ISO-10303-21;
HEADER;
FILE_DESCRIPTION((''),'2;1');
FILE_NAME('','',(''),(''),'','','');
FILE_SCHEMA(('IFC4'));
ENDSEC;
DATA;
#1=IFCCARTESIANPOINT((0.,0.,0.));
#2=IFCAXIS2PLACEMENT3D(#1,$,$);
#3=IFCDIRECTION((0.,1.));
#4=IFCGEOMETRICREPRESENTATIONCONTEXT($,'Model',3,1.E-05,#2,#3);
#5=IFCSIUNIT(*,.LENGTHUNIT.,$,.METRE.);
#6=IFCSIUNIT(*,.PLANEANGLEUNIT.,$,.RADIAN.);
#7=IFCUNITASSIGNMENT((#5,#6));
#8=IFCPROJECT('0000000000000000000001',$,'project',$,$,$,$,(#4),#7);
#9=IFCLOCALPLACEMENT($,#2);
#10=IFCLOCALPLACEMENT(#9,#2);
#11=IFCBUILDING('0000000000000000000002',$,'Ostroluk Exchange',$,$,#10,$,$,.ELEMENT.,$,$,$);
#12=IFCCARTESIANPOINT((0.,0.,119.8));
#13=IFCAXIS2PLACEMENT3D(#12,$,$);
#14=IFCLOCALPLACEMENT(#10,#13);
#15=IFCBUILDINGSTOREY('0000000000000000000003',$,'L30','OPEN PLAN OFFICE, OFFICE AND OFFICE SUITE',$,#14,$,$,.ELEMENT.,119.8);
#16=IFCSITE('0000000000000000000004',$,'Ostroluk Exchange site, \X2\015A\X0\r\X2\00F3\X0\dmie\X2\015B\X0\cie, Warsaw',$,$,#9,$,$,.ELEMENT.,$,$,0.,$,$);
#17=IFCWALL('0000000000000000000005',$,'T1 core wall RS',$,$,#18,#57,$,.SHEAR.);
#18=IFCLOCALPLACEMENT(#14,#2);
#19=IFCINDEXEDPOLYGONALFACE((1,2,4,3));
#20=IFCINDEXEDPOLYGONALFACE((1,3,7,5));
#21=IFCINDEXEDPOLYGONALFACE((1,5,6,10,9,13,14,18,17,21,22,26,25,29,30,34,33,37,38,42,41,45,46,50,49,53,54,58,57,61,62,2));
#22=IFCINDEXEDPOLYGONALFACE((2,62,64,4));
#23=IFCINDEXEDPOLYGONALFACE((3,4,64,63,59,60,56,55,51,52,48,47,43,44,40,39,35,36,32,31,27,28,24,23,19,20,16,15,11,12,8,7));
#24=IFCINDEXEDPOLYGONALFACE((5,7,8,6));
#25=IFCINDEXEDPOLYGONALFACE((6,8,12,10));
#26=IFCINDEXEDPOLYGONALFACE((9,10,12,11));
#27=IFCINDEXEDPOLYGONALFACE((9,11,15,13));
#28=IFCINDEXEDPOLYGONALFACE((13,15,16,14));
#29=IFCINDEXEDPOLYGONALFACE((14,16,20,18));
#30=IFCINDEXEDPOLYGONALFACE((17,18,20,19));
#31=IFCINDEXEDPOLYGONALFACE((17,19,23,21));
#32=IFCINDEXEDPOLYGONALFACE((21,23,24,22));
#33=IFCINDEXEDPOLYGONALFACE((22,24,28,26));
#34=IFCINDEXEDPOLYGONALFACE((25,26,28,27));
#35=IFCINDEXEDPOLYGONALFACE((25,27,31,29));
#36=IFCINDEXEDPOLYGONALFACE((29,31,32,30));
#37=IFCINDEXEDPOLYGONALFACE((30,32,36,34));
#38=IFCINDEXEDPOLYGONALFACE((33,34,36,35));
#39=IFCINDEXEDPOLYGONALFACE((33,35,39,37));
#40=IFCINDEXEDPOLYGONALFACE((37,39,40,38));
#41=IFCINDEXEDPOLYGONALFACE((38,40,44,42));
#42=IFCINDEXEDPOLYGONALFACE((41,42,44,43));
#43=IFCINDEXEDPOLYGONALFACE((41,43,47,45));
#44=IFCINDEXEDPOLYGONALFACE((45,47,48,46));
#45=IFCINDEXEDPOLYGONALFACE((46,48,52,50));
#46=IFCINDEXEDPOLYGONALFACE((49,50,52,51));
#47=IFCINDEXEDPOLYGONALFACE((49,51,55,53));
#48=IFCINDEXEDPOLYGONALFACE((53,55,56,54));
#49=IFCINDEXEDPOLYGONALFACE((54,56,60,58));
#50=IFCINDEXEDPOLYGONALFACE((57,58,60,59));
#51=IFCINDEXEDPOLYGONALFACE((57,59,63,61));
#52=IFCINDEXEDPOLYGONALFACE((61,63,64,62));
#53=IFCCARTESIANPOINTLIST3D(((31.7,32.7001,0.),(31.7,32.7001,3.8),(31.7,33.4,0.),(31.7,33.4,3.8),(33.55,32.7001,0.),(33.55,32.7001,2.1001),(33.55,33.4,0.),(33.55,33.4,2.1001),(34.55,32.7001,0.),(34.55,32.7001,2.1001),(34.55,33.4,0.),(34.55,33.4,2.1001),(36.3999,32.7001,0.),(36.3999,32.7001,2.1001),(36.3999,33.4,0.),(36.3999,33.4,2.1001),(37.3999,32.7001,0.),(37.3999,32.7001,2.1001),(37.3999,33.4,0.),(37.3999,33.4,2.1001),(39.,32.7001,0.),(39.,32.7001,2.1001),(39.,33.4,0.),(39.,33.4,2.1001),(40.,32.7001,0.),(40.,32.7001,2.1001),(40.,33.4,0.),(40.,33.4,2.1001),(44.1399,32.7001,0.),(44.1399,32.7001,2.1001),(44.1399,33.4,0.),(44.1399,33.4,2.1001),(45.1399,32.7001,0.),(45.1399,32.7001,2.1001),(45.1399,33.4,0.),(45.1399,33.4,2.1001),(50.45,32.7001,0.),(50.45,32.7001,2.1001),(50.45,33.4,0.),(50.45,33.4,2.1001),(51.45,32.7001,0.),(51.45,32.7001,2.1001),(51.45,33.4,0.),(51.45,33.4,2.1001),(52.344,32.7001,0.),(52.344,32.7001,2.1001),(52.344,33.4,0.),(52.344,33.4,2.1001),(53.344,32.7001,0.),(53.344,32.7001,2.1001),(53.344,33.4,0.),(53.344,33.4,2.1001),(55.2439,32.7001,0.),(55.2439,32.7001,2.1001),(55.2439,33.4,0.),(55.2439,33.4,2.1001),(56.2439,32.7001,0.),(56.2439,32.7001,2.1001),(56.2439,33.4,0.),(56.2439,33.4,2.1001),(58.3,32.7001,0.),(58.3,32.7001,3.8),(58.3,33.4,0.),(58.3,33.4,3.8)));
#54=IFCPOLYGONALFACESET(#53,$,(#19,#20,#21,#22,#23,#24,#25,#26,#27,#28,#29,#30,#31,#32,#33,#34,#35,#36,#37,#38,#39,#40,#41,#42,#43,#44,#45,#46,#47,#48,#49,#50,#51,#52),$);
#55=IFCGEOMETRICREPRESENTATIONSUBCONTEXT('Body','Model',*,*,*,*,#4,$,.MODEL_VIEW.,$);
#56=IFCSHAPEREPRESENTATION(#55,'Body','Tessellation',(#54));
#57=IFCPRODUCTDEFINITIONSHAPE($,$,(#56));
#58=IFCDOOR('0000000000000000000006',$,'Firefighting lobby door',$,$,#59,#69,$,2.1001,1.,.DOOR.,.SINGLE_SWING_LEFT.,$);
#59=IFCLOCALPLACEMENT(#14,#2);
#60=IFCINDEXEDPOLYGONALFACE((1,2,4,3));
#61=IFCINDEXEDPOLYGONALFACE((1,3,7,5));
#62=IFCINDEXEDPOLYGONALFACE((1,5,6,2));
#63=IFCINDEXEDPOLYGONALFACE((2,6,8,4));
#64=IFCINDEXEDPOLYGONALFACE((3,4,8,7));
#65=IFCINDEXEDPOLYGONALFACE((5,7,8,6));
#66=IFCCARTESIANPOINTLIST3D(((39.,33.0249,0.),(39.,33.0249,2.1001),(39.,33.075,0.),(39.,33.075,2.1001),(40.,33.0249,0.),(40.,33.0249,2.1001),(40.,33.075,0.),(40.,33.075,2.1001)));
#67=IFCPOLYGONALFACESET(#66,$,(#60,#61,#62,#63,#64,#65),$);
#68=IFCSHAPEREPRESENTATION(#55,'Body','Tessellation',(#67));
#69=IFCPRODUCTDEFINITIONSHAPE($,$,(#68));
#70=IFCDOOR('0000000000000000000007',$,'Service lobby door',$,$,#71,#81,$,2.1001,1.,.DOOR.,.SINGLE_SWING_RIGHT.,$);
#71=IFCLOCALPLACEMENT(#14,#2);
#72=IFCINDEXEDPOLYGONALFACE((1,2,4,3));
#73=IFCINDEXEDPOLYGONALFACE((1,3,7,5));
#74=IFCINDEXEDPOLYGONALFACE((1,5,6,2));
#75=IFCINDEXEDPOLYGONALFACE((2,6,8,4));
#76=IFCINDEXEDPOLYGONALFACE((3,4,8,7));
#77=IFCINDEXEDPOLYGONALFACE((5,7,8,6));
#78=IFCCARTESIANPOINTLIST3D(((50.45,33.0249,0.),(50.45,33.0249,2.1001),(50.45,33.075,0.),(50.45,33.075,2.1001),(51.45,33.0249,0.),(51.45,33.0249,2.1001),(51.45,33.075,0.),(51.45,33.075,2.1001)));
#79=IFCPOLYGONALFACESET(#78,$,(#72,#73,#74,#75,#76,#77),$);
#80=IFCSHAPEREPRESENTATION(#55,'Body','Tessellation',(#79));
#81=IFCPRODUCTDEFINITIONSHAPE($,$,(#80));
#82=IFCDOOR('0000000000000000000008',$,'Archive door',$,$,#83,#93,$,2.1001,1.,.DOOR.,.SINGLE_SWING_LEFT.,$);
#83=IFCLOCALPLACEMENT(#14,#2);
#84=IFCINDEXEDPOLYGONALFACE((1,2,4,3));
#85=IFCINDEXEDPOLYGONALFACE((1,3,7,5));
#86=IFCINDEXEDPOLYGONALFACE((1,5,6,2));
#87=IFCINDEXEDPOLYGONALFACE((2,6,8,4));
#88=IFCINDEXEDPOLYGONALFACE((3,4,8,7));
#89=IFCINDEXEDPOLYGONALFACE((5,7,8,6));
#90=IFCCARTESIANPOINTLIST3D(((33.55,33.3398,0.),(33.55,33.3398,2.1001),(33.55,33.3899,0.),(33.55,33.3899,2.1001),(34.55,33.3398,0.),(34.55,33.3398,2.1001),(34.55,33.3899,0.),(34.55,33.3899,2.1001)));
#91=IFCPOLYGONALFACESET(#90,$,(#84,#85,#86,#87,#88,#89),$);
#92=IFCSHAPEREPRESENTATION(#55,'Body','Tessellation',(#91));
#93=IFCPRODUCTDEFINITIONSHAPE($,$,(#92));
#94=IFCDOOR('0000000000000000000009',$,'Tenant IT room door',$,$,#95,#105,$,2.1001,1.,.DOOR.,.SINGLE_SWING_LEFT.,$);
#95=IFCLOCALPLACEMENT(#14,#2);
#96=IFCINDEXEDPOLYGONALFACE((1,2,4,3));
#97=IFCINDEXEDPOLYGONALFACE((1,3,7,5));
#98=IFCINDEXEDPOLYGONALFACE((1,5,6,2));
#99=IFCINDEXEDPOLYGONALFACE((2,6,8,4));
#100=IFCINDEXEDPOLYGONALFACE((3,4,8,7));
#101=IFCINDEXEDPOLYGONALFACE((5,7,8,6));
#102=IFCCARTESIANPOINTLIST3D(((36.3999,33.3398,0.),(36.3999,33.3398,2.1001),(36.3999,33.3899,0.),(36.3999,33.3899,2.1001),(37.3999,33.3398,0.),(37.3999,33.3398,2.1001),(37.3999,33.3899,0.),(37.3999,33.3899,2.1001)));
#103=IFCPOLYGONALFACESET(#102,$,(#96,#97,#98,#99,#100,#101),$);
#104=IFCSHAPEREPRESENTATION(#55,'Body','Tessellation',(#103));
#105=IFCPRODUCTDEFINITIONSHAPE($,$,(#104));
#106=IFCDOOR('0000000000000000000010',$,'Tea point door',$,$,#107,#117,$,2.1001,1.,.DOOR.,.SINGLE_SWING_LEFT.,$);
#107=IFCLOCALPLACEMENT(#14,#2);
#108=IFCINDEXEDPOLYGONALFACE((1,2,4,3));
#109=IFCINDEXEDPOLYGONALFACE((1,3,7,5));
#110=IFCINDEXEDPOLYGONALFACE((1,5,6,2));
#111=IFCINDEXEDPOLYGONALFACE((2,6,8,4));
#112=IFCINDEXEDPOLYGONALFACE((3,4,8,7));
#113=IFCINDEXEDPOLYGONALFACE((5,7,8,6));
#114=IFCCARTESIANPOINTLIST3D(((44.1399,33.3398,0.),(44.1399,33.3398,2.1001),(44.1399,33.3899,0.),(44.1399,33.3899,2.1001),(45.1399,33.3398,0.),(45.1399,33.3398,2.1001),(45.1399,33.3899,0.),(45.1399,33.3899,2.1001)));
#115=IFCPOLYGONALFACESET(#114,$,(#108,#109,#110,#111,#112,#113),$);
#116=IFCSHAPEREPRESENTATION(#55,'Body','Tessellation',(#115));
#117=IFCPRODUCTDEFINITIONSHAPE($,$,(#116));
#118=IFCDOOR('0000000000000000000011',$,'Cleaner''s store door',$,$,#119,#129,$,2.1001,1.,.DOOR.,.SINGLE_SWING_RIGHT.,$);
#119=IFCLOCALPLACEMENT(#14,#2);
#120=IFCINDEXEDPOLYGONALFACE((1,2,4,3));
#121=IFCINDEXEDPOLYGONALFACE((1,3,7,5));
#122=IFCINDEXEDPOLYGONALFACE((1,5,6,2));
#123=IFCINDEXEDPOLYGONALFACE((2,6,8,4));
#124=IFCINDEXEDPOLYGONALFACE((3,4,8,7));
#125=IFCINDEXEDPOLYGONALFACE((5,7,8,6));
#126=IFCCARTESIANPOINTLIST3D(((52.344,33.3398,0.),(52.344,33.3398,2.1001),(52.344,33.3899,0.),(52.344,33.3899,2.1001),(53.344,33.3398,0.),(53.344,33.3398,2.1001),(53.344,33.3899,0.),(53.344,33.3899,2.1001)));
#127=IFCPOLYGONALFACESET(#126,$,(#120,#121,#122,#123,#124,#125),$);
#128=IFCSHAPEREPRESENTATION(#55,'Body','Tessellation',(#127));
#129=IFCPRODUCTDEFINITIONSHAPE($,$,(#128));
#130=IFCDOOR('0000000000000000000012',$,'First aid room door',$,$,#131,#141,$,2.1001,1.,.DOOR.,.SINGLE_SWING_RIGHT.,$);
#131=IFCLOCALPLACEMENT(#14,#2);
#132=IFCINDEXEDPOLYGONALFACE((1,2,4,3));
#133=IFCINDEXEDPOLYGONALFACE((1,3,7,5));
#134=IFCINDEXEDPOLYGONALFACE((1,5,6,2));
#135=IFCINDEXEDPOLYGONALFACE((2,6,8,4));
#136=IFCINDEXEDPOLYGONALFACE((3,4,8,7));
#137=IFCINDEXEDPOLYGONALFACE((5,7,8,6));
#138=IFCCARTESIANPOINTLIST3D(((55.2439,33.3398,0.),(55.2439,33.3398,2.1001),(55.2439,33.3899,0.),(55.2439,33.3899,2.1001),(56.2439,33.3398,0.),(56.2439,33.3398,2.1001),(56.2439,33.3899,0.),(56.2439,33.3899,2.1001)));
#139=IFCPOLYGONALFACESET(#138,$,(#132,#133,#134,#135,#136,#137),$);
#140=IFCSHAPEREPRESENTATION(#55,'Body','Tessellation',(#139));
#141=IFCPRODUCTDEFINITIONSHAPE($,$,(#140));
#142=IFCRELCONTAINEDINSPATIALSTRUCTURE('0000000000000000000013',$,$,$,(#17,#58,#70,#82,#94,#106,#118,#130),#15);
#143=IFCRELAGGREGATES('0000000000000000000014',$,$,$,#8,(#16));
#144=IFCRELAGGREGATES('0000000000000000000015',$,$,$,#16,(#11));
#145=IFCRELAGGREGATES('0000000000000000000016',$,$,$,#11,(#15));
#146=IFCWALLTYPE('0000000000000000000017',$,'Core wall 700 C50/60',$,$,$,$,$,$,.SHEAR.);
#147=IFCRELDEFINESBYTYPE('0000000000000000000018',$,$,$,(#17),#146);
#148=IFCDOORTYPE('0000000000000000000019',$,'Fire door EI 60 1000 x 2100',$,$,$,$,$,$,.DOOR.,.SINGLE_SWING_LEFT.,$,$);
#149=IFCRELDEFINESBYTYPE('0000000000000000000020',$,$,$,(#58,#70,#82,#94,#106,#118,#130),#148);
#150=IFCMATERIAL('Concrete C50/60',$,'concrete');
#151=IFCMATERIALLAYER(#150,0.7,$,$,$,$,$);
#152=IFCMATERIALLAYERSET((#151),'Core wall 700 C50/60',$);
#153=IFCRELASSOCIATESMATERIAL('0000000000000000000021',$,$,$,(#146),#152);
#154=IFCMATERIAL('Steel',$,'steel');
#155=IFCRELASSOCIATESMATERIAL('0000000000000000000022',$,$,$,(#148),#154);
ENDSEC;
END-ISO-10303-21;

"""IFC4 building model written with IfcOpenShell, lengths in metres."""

from ifc_helpers import new_model, si_unit, direction, frame, frame_2d, origin, place, context, subcontext, project, spatial, rectangle, extrude, material, layer, layer_set, type_object, element, fill, save


model = new_model("IFC4")

# Units and contexts
model_context = context("Model", 3, precision=1e-05, world=origin(), true_north=direction((0.0, 1.0)))
body_context = subcontext(model_context, "Body", "Model", "MODEL_VIEW")
ifc_project = project(units=[si_unit("LENGTHUNIT", "METRE"), si_unit("PLANEANGLEUNIT", "RADIAN")], contexts=[model_context])

# Site, building, storey
site_placement = place(None, origin())
site = spatial("IfcSite", under=ifc_project, at=site_placement, Name="Ostroluk Exchange site, Śródmieście, Warsaw", CompositionType="ELEMENT", RefElevation=0.0)
building_placement = place(site_placement, origin())
building = spatial("IfcBuilding", under=site, at=building_placement, Name="Ostroluk Exchange", CompositionType="ELEMENT")
storey_placement = place(building_placement, frame((0.0, 0.0, 119.8)))
storey = spatial("IfcBuildingStorey", under=building, at=storey_placement, Name="L30", Description="OPEN PLAN OFFICE, OFFICE AND OFFICE SUITE", CompositionType="ELEMENT", Elevation=119.8)

# Wall, openings, doors
ifc_material_1 = material(Name="Concrete C50/60", Category="concrete")
ifc_layer_1 = layer(ifc_material_1, 0.7)
ifc_layer_set_1 = layer_set([ifc_layer_1], Name="Core wall 700 C50/60")
wall_type_1 = type_object("IfcWallType", Name="Core wall 700 C50/60", PredefinedType="SHEAR", material=ifc_layer_set_1)
wall_1_placement = place(storey_placement, frame((31.7, 33.05, 0.0), z_axis=(0.0, 0.0, 1.0), x_axis=(1.0, 0.0, 0.0)))
wall_1 = element("IfcWall", 1, at=wall_1_placement, inside=storey, type_object=wall_type_1, Name="T1 core wall RS", PredefinedType="SHEAR", context=body_context, shape_type="SweptSolid", body=[
    extrude(rectangle(XDim=26.6001, YDim=0.7, at=frame_2d((13.3, 0.0))), origin(), (0.0, 0.0, 1.0), 3.8),
])
opening_1_placement = place(wall_1_placement, frame((7.3, 0.0, 0.0)))
opening_1 = element("IfcOpeningElement", 2, at=opening_1_placement, cuts=wall_1, PredefinedType="OPENING", context=body_context, shape_type="SweptSolid", body=[
    extrude(rectangle(XDim=1.0, YDim=2.1001, at=frame_2d((0.5, 1.05))), frame((0.0, 0.3599, 0.0), z_axis=(0.0, -1.0, 0.0), x_axis=(1.0, 0.0, 0.0)), (0.0, 0.0, 1.0), 0.72),
])
opening_2_placement = place(wall_1_placement, frame((18.75, 0.0, 0.0)))
opening_2 = element("IfcOpeningElement", 3, at=opening_2_placement, cuts=wall_1, PredefinedType="OPENING", context=body_context, shape_type="SweptSolid", body=[
    extrude(rectangle(XDim=1.0, YDim=2.1001, at=frame_2d((0.5, 1.05))), frame((0.0, 0.3599, 0.0), z_axis=(0.0, -1.0, 0.0), x_axis=(1.0, 0.0, 0.0)), (0.0, 0.0, 1.0), 0.72),
])
opening_3_placement = place(wall_1_placement, frame((1.8501, 0.0, 0.0)))
opening_3 = element("IfcOpeningElement", 4, at=opening_3_placement, cuts=wall_1, PredefinedType="OPENING", context=body_context, shape_type="SweptSolid", body=[
    extrude(rectangle(XDim=1.0, YDim=2.1001, at=frame_2d((0.5, 1.05))), frame((0.0, 0.3599, 0.0), z_axis=(0.0, -1.0, 0.0), x_axis=(1.0, 0.0, 0.0)), (0.0, 0.0, 1.0), 0.72),
])
opening_4_placement = place(wall_1_placement, frame((4.7, 0.0, 0.0)))
opening_4 = element("IfcOpeningElement", 5, at=opening_4_placement, cuts=wall_1, PredefinedType="OPENING", context=body_context, shape_type="SweptSolid", body=[
    extrude(rectangle(XDim=1.0, YDim=2.1001, at=frame_2d((0.5, 1.05))), frame((0.0, 0.3599, 0.0), z_axis=(0.0, -1.0, 0.0), x_axis=(1.0, 0.0, 0.0)), (0.0, 0.0, 1.0), 0.72),
])
opening_5_placement = place(wall_1_placement, frame((12.4399, 0.0, 0.0)))
opening_5 = element("IfcOpeningElement", 6, at=opening_5_placement, cuts=wall_1, PredefinedType="OPENING", context=body_context, shape_type="SweptSolid", body=[
    extrude(rectangle(XDim=1.0, YDim=2.1001, at=frame_2d((0.5, 1.05))), frame((0.0, 0.3599, 0.0), z_axis=(0.0, -1.0, 0.0), x_axis=(1.0, 0.0, 0.0)), (0.0, 0.0, 1.0), 0.72),
])
opening_6_placement = place(wall_1_placement, frame((20.644, 0.0, 0.0)))
opening_6 = element("IfcOpeningElement", 7, at=opening_6_placement, cuts=wall_1, PredefinedType="OPENING", context=body_context, shape_type="SweptSolid", body=[
    extrude(rectangle(XDim=1.0, YDim=2.1001, at=frame_2d((0.5, 1.05))), frame((0.0, 0.3599, 0.0), z_axis=(0.0, -1.0, 0.0), x_axis=(1.0, 0.0, 0.0)), (0.0, 0.0, 1.0), 0.72),
])
opening_7_placement = place(wall_1_placement, frame((23.5439, 0.0, 0.0)))
opening_7 = element("IfcOpeningElement", 8, at=opening_7_placement, cuts=wall_1, PredefinedType="OPENING", context=body_context, shape_type="SweptSolid", body=[
    extrude(rectangle(XDim=1.0, YDim=2.1001, at=frame_2d((0.5, 1.05))), frame((0.0, 0.3599, 0.0), z_axis=(0.0, -1.0, 0.0), x_axis=(1.0, 0.0, 0.0)), (0.0, 0.0, 1.0), 0.72),
])
ifc_material_2 = material(Name="Steel", Category="steel")
door_type_1 = type_object("IfcDoorType", Name="Fire door EI 60 1000 x 2100", OperationType="SINGLE_SWING_LEFT", PredefinedType="DOOR", material=ifc_material_2)
door_1_placement = place(opening_1_placement, origin())
door_1 = element("IfcDoor", 9, at=door_1_placement, inside=storey, type_object=door_type_1, Name="Firefighting lobby door", OperationType="SINGLE_SWING_LEFT", OverallHeight=2.1001, OverallWidth=1.0, PredefinedType="DOOR", context=body_context, shape_type="SweptSolid", body=[
    extrude(rectangle(XDim=1.0, YDim=2.1001, at=frame_2d((0.5, 1.05))), frame((0.0, 0.0249, 0.0), z_axis=(0.0, -1.0, 0.0), x_axis=(1.0, 0.0, 0.0)), (0.0, 0.0, 1.0), 0.05),
])
fill(opening_1, door_1)
door_2_placement = place(opening_2_placement, origin())
door_2 = element("IfcDoor", 10, at=door_2_placement, inside=storey, type_object=door_type_1, Name="Service lobby door", OperationType="SINGLE_SWING_RIGHT", OverallHeight=2.1001, OverallWidth=1.0, PredefinedType="DOOR", context=body_context, shape_type="SweptSolid", body=[
    extrude(rectangle(XDim=1.0, YDim=2.1001, at=frame_2d((0.5, 1.05))), frame((0.0, 0.0249, 0.0), z_axis=(0.0, -1.0, 0.0), x_axis=(1.0, 0.0, 0.0)), (0.0, 0.0, 1.0), 0.05),
])
fill(opening_2, door_2)
door_3_placement = place(opening_3_placement, origin())
door_3 = element("IfcDoor", 11, at=door_3_placement, inside=storey, type_object=door_type_1, Name="Archive door", OperationType="SINGLE_SWING_LEFT", OverallHeight=2.1001, OverallWidth=1.0, PredefinedType="DOOR", context=body_context, shape_type="SweptSolid", body=[
    extrude(rectangle(XDim=1.0, YDim=2.1001, at=frame_2d((0.5, 1.05))), frame((0.0, 0.3398, 0.0), z_axis=(0.0, -1.0, 0.0), x_axis=(1.0, 0.0, 0.0)), (0.0, 0.0, 1.0), 0.05),
])
fill(opening_3, door_3)
door_4_placement = place(opening_4_placement, origin())
door_4 = element("IfcDoor", 12, at=door_4_placement, inside=storey, type_object=door_type_1, Name="Tenant IT room door", OperationType="SINGLE_SWING_LEFT", OverallHeight=2.1001, OverallWidth=1.0, PredefinedType="DOOR", context=body_context, shape_type="SweptSolid", body=[
    extrude(rectangle(XDim=1.0, YDim=2.1001, at=frame_2d((0.5, 1.05))), frame((0.0, 0.3398, 0.0), z_axis=(0.0, -1.0, 0.0), x_axis=(1.0, 0.0, 0.0)), (0.0, 0.0, 1.0), 0.05),
])
fill(opening_4, door_4)
door_5_placement = place(opening_5_placement, origin())
door_5 = element("IfcDoor", 13, at=door_5_placement, inside=storey, type_object=door_type_1, Name="Tea point door", OperationType="SINGLE_SWING_LEFT", OverallHeight=2.1001, OverallWidth=1.0, PredefinedType="DOOR", context=body_context, shape_type="SweptSolid", body=[
    extrude(rectangle(XDim=1.0, YDim=2.1001, at=frame_2d((0.5, 1.05))), frame((0.0, 0.3398, 0.0), z_axis=(0.0, -1.0, 0.0), x_axis=(1.0, 0.0, 0.0)), (0.0, 0.0, 1.0), 0.05),
])
fill(opening_5, door_5)
door_6_placement = place(opening_6_placement, origin())
door_6 = element("IfcDoor", 14, at=door_6_placement, inside=storey, type_object=door_type_1, Name="Cleaner's store door", OperationType="SINGLE_SWING_RIGHT", OverallHeight=2.1001, OverallWidth=1.0, PredefinedType="DOOR", context=body_context, shape_type="SweptSolid", body=[
    extrude(rectangle(XDim=1.0, YDim=2.1001, at=frame_2d((0.5, 1.05))), frame((0.0, 0.3398, 0.0), z_axis=(0.0, -1.0, 0.0), x_axis=(1.0, 0.0, 0.0)), (0.0, 0.0, 1.0), 0.05),
])
fill(opening_6, door_6)
door_7_placement = place(opening_7_placement, origin())
door_7 = element("IfcDoor", 15, at=door_7_placement, inside=storey, type_object=door_type_1, Name="First aid room door", OperationType="SINGLE_SWING_RIGHT", OverallHeight=2.1001, OverallWidth=1.0, PredefinedType="DOOR", context=body_context, shape_type="SweptSolid", body=[
    extrude(rectangle(XDim=1.0, YDim=2.1001, at=frame_2d((0.5, 1.05))), frame((0.0, 0.3398, 0.0), z_axis=(0.0, -1.0, 0.0), x_axis=(1.0, 0.0, 0.0)), (0.0, 0.0, 1.0), 0.05),
])
fill(opening_7, door_7)

save(model, "model.ifc")
